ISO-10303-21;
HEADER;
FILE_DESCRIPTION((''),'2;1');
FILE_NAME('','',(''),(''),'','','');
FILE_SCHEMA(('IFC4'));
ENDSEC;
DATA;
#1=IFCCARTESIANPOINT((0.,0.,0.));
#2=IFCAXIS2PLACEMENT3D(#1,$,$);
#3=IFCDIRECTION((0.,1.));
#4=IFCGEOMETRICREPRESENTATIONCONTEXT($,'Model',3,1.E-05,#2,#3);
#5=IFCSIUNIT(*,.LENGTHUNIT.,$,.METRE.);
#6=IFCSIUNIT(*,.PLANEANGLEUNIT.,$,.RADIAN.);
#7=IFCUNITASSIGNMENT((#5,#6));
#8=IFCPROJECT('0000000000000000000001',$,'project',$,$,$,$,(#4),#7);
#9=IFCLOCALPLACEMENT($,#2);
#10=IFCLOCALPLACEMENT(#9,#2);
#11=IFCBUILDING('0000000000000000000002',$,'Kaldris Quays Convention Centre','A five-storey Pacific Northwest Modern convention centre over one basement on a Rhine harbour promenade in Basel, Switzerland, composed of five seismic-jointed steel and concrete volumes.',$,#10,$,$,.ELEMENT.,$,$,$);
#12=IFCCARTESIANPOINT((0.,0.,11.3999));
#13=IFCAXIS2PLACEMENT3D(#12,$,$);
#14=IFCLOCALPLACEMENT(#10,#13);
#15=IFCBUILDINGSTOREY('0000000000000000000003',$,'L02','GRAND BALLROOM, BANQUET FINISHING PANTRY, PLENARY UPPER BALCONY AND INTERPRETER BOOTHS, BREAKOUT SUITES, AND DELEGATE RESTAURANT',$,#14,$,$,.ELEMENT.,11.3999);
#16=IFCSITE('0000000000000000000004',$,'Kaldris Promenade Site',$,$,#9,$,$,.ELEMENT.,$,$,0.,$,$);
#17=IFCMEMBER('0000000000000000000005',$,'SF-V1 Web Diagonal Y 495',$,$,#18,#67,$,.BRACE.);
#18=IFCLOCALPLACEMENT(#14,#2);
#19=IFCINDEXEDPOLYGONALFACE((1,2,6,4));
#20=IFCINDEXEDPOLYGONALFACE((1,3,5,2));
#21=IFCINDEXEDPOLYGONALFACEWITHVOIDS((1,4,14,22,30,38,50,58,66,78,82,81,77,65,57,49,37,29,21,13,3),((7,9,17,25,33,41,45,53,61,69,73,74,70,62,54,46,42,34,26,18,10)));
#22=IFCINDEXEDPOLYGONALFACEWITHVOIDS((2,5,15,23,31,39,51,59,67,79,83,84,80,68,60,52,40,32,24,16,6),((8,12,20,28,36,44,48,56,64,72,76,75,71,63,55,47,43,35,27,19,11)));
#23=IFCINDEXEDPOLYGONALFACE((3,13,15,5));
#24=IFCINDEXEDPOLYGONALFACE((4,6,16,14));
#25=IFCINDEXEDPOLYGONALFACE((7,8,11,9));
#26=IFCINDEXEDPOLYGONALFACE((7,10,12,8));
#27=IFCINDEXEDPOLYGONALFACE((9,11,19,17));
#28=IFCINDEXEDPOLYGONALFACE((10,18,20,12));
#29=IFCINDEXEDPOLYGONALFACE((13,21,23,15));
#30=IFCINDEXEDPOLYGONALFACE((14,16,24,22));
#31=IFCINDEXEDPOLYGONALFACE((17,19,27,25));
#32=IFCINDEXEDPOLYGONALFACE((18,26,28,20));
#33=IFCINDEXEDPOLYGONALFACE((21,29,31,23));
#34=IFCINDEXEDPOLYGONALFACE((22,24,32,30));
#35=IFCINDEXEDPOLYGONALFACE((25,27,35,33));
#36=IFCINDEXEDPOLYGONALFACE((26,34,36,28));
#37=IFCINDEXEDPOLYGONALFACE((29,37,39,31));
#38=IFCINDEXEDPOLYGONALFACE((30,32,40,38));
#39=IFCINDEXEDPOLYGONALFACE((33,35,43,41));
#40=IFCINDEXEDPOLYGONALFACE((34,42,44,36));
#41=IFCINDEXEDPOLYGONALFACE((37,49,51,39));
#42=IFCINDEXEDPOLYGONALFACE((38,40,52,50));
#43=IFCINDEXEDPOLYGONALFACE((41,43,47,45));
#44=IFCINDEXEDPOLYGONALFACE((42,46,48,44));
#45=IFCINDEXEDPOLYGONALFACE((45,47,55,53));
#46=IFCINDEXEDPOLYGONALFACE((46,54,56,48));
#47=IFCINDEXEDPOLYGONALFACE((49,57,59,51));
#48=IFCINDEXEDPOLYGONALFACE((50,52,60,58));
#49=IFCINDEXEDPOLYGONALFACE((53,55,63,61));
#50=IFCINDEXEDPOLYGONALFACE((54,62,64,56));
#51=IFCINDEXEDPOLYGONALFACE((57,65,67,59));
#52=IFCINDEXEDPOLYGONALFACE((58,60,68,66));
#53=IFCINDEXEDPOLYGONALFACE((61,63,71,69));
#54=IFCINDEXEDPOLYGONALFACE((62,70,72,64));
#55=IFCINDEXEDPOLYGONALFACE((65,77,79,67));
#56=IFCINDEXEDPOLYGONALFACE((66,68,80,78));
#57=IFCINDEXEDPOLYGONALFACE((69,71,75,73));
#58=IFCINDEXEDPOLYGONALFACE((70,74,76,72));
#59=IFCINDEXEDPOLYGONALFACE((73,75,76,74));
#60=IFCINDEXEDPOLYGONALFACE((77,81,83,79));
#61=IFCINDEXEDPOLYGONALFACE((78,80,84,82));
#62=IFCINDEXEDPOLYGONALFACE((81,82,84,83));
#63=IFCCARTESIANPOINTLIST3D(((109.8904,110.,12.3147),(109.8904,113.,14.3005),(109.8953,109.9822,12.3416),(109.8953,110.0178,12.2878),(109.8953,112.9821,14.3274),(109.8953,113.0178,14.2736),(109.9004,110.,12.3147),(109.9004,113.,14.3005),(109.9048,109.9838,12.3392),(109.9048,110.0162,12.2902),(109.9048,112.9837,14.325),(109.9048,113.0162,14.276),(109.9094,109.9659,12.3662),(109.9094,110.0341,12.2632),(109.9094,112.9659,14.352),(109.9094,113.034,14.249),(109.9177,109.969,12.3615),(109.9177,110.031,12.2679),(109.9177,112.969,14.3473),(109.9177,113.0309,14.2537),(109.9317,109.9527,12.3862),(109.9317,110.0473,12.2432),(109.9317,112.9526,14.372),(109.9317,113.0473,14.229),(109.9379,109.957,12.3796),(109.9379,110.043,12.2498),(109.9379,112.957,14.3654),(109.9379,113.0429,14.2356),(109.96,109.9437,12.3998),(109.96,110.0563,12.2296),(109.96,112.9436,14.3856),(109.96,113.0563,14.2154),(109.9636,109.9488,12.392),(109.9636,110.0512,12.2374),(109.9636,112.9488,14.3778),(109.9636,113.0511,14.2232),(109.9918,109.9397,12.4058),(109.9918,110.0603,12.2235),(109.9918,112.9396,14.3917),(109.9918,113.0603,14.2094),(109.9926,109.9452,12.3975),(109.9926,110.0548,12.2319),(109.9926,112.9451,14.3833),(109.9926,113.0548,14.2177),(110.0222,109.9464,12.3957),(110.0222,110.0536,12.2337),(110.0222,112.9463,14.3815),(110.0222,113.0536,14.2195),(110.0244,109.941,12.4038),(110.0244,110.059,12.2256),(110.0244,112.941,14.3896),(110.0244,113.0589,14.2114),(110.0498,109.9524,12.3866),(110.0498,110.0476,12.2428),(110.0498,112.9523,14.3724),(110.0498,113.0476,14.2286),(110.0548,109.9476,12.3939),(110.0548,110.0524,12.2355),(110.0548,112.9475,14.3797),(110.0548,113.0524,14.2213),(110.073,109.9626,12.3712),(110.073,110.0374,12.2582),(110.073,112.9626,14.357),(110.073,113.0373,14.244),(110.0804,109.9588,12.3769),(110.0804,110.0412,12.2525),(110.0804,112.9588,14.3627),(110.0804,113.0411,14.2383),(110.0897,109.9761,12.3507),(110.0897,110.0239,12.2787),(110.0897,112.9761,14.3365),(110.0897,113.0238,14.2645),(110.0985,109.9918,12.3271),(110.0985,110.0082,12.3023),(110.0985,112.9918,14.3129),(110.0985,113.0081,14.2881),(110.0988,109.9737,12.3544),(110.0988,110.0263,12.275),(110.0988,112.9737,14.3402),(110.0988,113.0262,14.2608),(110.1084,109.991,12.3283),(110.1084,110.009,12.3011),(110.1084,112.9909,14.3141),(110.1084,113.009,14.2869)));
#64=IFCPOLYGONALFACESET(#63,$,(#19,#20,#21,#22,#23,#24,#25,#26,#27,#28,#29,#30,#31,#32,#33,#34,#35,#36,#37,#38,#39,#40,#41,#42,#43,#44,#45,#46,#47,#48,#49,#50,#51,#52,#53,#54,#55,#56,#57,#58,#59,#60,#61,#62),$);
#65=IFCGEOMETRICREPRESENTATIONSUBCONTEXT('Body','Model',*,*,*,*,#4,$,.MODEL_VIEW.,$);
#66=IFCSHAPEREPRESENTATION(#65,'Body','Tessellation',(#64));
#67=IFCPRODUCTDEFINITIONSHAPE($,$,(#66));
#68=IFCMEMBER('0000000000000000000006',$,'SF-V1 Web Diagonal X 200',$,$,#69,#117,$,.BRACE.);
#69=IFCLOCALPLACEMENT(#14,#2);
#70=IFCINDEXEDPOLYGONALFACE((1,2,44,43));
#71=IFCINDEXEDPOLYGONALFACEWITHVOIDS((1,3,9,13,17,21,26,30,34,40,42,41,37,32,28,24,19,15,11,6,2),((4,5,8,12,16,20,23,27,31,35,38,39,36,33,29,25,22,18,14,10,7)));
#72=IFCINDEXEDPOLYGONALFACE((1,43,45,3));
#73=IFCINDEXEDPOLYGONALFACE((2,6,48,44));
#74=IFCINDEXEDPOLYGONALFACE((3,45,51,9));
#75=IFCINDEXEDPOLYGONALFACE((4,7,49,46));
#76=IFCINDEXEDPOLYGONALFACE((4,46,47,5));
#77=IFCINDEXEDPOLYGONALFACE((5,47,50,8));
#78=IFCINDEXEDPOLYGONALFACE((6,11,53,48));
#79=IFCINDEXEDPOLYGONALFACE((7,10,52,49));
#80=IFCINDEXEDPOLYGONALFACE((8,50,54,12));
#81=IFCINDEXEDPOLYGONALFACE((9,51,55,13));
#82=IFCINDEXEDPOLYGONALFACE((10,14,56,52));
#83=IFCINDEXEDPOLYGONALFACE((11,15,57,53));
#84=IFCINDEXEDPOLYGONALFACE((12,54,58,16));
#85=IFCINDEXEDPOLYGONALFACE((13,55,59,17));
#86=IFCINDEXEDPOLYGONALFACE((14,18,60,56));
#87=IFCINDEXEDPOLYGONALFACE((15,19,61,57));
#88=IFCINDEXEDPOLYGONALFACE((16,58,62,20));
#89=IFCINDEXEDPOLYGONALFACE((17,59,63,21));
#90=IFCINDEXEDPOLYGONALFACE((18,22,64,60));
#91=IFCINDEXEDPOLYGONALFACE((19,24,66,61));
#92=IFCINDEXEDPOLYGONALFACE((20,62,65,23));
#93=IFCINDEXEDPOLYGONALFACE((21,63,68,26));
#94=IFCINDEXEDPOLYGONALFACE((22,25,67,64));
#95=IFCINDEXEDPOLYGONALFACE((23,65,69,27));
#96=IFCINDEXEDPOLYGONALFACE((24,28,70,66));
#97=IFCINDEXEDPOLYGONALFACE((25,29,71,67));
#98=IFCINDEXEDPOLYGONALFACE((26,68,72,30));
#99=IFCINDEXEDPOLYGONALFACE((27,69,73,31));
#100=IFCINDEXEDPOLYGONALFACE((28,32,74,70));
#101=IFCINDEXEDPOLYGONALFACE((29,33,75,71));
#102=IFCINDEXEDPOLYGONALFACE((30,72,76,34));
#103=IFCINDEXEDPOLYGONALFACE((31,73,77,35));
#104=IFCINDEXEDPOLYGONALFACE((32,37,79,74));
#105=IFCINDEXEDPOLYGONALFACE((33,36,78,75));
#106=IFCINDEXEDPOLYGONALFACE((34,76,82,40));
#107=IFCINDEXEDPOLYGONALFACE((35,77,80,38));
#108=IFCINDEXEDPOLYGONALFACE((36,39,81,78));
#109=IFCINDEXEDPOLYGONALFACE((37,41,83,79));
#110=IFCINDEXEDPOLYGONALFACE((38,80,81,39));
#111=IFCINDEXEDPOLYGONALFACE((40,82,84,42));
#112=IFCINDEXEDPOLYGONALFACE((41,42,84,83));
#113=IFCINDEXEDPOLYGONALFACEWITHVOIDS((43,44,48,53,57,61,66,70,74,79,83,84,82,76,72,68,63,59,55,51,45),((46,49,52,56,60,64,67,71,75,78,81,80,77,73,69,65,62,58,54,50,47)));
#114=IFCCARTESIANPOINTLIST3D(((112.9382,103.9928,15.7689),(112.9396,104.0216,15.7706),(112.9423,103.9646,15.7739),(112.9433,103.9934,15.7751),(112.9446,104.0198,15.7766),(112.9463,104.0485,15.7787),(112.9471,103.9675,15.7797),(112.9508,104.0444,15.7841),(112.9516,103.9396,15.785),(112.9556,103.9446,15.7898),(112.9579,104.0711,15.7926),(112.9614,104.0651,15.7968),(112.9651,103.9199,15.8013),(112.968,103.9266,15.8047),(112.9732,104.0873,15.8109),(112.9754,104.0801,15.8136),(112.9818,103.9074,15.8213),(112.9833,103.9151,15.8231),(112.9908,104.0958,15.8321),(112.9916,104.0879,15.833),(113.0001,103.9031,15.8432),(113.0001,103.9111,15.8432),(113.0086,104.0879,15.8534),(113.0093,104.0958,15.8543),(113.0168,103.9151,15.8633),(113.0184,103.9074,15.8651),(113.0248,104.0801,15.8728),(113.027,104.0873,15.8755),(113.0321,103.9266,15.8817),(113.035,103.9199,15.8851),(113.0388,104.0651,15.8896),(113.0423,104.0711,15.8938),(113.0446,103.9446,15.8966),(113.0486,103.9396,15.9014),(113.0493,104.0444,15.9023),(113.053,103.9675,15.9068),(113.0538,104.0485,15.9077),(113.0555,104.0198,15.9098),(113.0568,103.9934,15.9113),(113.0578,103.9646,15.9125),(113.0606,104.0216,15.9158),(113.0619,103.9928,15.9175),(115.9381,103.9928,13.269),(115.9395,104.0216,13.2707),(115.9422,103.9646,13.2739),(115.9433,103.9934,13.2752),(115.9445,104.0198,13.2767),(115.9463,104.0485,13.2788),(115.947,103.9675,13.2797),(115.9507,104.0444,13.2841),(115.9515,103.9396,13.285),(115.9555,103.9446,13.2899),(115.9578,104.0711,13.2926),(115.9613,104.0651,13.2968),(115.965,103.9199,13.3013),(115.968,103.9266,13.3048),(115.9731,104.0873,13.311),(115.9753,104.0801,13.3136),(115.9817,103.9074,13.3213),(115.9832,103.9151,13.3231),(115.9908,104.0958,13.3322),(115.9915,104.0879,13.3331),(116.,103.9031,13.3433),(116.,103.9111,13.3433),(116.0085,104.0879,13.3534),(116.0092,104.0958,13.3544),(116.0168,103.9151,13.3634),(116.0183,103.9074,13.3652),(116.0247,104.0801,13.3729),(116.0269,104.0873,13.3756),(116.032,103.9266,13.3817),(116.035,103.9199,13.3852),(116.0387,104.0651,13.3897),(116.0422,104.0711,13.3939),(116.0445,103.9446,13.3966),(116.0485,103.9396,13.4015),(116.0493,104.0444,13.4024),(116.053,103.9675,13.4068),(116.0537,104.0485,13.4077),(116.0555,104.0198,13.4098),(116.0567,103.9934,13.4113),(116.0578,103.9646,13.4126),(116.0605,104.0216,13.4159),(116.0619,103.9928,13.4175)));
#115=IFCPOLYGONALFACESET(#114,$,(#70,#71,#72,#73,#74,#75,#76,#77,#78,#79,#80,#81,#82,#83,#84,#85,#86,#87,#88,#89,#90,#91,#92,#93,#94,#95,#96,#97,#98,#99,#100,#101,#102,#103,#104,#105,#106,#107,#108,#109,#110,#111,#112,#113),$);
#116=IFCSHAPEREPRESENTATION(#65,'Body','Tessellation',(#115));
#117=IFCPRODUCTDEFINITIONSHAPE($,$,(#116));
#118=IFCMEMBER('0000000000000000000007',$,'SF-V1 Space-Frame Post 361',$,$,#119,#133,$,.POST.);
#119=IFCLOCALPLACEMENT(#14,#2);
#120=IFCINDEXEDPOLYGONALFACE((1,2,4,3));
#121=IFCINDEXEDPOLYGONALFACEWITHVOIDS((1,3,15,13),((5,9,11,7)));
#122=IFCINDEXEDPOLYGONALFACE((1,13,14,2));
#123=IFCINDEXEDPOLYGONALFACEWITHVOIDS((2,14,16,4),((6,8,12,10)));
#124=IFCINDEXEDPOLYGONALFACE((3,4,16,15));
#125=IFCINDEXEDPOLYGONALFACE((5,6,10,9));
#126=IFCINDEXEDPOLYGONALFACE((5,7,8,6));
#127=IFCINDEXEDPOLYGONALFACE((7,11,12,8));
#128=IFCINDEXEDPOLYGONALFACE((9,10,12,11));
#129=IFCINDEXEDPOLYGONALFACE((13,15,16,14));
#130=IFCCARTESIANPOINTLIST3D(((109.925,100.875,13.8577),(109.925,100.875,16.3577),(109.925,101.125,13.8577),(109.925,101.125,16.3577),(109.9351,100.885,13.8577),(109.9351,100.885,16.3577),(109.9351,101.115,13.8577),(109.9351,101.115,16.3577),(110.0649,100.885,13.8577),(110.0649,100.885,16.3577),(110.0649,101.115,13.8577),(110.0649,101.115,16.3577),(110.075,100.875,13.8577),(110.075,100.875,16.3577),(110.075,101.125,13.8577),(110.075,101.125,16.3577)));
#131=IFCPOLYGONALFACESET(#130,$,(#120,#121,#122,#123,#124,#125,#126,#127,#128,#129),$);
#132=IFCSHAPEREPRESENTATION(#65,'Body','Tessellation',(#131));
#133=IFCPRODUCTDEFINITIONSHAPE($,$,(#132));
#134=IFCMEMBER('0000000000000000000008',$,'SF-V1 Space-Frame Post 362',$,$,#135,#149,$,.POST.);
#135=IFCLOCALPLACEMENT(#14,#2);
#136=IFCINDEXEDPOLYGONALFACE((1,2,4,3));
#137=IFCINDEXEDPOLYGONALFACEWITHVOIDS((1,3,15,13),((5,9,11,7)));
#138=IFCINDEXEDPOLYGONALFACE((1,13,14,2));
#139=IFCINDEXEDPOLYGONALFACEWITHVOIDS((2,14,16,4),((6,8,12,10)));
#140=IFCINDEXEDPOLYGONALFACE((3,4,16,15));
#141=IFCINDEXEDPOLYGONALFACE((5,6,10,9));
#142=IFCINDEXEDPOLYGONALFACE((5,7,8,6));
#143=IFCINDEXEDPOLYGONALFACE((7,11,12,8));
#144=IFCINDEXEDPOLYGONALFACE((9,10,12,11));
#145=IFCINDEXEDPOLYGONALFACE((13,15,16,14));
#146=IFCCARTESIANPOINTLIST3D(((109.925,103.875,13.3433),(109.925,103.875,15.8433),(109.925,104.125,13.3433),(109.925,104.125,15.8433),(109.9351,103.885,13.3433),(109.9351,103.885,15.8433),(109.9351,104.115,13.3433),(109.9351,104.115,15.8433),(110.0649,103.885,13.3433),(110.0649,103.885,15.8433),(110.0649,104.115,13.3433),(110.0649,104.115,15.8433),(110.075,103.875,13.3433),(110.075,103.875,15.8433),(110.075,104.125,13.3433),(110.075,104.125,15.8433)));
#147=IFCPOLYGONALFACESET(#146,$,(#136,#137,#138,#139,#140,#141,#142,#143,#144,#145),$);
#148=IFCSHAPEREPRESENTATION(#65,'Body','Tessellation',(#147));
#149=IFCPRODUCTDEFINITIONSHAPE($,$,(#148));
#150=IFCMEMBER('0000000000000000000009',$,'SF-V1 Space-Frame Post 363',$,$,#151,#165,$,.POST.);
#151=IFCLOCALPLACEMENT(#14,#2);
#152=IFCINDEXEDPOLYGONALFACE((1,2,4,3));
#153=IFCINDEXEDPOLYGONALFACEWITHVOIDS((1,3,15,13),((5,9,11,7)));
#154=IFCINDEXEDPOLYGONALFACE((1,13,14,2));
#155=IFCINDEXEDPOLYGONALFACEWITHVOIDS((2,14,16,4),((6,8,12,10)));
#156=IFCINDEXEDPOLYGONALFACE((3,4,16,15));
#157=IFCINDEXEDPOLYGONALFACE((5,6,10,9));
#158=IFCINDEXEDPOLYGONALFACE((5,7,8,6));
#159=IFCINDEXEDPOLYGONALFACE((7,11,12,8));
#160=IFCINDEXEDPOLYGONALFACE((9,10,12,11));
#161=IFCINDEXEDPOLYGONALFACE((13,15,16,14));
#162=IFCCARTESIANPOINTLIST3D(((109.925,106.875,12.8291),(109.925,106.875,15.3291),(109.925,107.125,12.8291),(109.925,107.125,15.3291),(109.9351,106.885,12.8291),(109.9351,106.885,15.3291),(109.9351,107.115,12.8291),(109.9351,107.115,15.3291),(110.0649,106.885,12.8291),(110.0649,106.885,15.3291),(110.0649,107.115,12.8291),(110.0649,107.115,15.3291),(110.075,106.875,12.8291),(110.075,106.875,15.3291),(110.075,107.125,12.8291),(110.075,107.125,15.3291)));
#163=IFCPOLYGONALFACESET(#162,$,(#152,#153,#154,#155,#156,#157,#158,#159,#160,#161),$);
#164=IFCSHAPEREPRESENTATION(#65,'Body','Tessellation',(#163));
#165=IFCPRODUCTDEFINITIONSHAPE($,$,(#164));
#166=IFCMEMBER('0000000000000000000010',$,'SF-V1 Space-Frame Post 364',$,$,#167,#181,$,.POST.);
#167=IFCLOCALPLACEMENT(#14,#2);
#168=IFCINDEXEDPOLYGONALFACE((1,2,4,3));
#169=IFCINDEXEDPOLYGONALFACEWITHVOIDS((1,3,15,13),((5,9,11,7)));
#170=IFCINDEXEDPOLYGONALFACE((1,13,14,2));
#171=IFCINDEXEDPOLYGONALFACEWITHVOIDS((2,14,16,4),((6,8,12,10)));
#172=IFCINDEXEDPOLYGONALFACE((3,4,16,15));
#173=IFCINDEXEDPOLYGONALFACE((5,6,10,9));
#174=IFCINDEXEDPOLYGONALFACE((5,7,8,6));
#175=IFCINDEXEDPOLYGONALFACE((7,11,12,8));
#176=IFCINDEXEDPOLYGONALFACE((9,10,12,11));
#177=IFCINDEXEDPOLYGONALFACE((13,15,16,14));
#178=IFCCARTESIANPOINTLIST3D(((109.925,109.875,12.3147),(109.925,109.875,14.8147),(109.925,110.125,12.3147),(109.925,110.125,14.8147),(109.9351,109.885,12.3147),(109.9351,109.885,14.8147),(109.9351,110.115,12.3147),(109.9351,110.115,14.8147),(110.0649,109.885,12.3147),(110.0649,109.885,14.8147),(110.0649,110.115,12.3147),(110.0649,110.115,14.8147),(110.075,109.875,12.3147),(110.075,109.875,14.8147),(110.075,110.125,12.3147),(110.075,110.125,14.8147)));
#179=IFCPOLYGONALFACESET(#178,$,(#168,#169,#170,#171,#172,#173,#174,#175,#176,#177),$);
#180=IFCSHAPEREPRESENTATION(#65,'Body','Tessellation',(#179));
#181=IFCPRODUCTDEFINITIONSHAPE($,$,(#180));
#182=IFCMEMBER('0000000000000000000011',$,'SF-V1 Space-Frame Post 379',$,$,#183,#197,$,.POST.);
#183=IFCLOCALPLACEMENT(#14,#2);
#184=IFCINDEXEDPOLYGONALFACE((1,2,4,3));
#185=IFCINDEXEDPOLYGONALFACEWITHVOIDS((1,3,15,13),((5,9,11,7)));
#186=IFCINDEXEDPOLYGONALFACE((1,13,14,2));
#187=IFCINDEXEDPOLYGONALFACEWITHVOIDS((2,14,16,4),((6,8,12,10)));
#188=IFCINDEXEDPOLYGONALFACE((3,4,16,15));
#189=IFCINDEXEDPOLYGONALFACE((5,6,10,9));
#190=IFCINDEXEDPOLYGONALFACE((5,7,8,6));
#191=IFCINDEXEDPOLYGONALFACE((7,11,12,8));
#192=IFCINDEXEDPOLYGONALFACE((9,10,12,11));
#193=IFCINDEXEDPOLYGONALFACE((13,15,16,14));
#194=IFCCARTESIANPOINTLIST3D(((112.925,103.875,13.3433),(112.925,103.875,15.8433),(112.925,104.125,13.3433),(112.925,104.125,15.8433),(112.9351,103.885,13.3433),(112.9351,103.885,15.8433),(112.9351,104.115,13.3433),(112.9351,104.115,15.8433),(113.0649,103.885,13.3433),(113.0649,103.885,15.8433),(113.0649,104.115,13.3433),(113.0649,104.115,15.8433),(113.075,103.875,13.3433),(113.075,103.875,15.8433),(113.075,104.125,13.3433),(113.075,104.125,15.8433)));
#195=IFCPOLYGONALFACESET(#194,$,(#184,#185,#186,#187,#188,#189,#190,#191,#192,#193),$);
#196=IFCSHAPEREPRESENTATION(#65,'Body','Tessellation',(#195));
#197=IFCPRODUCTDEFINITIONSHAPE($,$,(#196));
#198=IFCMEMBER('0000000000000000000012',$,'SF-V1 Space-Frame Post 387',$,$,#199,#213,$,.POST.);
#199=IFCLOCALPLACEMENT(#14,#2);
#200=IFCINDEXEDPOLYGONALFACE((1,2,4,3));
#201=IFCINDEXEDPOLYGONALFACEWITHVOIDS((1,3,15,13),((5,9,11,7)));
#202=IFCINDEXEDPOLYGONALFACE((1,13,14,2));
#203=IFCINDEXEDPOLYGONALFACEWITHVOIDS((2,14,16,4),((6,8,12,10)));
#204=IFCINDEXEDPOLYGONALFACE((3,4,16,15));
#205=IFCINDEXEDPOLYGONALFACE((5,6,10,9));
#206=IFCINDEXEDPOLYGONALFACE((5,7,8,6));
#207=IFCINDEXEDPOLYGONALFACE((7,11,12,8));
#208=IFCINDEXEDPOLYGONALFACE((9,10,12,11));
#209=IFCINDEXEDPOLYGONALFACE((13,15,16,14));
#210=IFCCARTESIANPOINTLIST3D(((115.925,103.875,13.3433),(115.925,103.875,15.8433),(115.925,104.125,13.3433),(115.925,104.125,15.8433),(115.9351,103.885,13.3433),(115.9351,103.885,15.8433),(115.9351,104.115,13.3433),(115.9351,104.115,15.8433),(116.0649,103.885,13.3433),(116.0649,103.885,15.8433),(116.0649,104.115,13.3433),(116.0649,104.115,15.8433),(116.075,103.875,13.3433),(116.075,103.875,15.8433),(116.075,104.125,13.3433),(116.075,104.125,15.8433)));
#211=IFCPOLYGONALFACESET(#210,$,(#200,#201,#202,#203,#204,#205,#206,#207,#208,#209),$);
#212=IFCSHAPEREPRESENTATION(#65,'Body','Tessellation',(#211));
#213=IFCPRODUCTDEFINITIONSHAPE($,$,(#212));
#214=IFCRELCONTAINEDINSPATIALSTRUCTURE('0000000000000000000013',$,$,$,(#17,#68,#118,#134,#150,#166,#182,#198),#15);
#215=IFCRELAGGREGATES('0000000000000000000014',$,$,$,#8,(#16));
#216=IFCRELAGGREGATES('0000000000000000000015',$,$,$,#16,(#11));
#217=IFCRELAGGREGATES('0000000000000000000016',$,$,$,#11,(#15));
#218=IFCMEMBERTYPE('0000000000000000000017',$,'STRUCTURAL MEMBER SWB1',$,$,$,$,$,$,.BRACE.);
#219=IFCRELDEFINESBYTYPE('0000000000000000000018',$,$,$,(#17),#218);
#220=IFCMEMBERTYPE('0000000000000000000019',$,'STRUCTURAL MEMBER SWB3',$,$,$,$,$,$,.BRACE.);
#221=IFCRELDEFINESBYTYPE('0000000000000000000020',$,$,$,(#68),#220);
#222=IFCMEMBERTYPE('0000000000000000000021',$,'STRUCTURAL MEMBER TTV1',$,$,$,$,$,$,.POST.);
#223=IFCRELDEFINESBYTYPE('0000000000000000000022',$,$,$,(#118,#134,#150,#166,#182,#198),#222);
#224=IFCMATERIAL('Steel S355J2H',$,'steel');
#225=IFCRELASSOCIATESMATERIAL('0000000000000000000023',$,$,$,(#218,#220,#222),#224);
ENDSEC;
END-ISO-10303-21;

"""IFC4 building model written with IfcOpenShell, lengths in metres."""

from ifc_helpers import new_model, si_unit, direction, frame, origin, origin_2d, place, context, subcontext, project, spatial, hollow_rectangle, hollow_circle, extrude, material, material_profile, profile_set, type_object, element, save


model = new_model("IFC4")

# Units and contexts
model_context = context("Model", 3, precision=1e-05, world=origin(), true_north=direction((0.0, 1.0)))
body_context = subcontext(model_context, "Body", "Model", "MODEL_VIEW")
ifc_project = project(units=[si_unit("LENGTHUNIT", "METRE"), si_unit("PLANEANGLEUNIT", "RADIAN")], contexts=[model_context])

# Site, building, storey
site_placement = place(None, origin())
site = spatial("IfcSite", under=ifc_project, at=site_placement, Name="Kaldris Promenade Site", CompositionType="ELEMENT", RefElevation=0.0)
building_placement = place(site_placement, origin())
building = spatial("IfcBuilding", under=site, at=building_placement, Name="Kaldris Quays Convention Centre", Description="A five-storey Pacific Northwest Modern convention centre over one basement on a Rhine harbour promenade in Basel, Switzerland, composed of five seismic-jointed steel and concrete volumes.", CompositionType="ELEMENT")
storey_placement = place(building_placement, frame((0.0, 0.0, 11.3999)))
storey = spatial("IfcBuildingStorey", under=building, at=storey_placement, Name="L02", Description="GRAND BALLROOM, BANQUET FINISHING PANTRY, PLENARY UPPER BALCONY AND INTERPRETER BOOTHS, BREAKOUT SUITES, AND DELEGATE RESTAURANT", CompositionType="ELEMENT", Elevation=11.3999)

# Members
ifc_material_1 = material(Name="Steel S355J2H", Category="steel")
ifc_material_profile_1 = material_profile(ifc_material_1, hollow_circle(Radius=0.1096, WallThickness=0.01, at=origin_2d()), Name="CHS 219.1x10")
ifc_profile_set_1 = profile_set([ifc_material_profile_1], Name="Steel S355J2H")
member_type_1 = type_object("IfcMemberType", Name="STRUCTURAL MEMBER SWB1", PredefinedType="BRACE", material=ifc_profile_set_1)
member_1_placement = place(storey_placement, frame((110.0, 110.0, 12.3147), z_axis=(0.0, 0.833862, 0.551972), x_axis=(-1.0, 0.0, 0.0)))
element("IfcMember", 1, at=member_1_placement, inside=storey, type_object=member_type_1, Name="SF-V1 Web Diagonal Y 495", PredefinedType="BRACE", context=body_context, shape_type="SweptSolid", body=[
    extrude(hollow_circle(Radius=0.1096, WallThickness=0.01, at=origin_2d()), origin(), (0.0, 0.0, 1.0), 3.5977),
])
ifc_material_profile_2 = material_profile(ifc_material_1, hollow_circle(Radius=0.0969, WallThickness=0.0081, at=origin_2d()), Name="CHS 193.7x8")
ifc_profile_set_2 = profile_set([ifc_material_profile_2], Name="Steel S355J2H")
member_type_2 = type_object("IfcMemberType", Name="STRUCTURAL MEMBER SWB3", PredefinedType="BRACE", material=ifc_profile_set_2)
member_2_placement = place(storey_placement, frame((116.0, 104.0, 13.3433), z_axis=(-0.768221, 0.0, 0.640184), x_axis=(0.0, -1.0, 0.0)))
element("IfcMember", 2, at=member_2_placement, inside=storey, type_object=member_type_2, Name="SF-V1 Web Diagonal X 200", PredefinedType="BRACE", context=body_context, shape_type="SweptSolid", body=[
    extrude(hollow_circle(Radius=0.0969, WallThickness=0.0081, at=origin_2d()), origin(), (0.0, 0.0, 1.0), 3.905),
])
ifc_material_profile_3 = material_profile(ifc_material_1, hollow_rectangle(XDim=0.1499, YDim=0.25, WallThickness=0.01, at=origin_2d()), Name="RHS 250x150x10")
ifc_profile_set_3 = profile_set([ifc_material_profile_3], Name="Steel S355J2H")
member_type_3 = type_object("IfcMemberType", Name="STRUCTURAL MEMBER TTV1", PredefinedType="POST", material=ifc_profile_set_3)
for number, where, z_axis, x_axis, name in (
    (3, (110.0, 101.0, 13.8577), (0.0, 0.0, 1.0), (1.0, 0.0, 0.0), "SF-V1 Space-Frame Post 361"),
    (4, (110.0, 104.0, 13.3433), (0.0, 0.0, 1.0), (1.0, 0.0, 0.0), "SF-V1 Space-Frame Post 362"),
    (5, (110.0, 107.0, 12.8291), (0.0, 0.0, 1.0), (1.0, 0.0, 0.0), "SF-V1 Space-Frame Post 363"),
    (6, (110.0, 110.0, 12.3147), (0.0, 0.0, 1.0), (1.0, 0.0, 0.0), "SF-V1 Space-Frame Post 364"),
    (7, (113.0, 104.0, 13.3433), (0.0, 0.0, 1.0), (1.0, 0.0, 0.0), "SF-V1 Space-Frame Post 379"),
    (8, (116.0, 104.0, 13.3433), (0.0, 0.0, 1.0), (1.0, 0.0, 0.0), "SF-V1 Space-Frame Post 387"),
):
    element("IfcMember", number, at=place(storey_placement, frame(where, z_axis=z_axis, x_axis=x_axis)), inside=storey, type_object=member_type_3, Name=name, PredefinedType="POST", context=body_context, shape_type="SweptSolid", body=[
        extrude(hollow_rectangle(XDim=0.1499, YDim=0.25, WallThickness=0.01, at=origin_2d()), origin(), (0.0, 0.0, 1.0), 2.5),
    ])

save(model, "model.ifc")
